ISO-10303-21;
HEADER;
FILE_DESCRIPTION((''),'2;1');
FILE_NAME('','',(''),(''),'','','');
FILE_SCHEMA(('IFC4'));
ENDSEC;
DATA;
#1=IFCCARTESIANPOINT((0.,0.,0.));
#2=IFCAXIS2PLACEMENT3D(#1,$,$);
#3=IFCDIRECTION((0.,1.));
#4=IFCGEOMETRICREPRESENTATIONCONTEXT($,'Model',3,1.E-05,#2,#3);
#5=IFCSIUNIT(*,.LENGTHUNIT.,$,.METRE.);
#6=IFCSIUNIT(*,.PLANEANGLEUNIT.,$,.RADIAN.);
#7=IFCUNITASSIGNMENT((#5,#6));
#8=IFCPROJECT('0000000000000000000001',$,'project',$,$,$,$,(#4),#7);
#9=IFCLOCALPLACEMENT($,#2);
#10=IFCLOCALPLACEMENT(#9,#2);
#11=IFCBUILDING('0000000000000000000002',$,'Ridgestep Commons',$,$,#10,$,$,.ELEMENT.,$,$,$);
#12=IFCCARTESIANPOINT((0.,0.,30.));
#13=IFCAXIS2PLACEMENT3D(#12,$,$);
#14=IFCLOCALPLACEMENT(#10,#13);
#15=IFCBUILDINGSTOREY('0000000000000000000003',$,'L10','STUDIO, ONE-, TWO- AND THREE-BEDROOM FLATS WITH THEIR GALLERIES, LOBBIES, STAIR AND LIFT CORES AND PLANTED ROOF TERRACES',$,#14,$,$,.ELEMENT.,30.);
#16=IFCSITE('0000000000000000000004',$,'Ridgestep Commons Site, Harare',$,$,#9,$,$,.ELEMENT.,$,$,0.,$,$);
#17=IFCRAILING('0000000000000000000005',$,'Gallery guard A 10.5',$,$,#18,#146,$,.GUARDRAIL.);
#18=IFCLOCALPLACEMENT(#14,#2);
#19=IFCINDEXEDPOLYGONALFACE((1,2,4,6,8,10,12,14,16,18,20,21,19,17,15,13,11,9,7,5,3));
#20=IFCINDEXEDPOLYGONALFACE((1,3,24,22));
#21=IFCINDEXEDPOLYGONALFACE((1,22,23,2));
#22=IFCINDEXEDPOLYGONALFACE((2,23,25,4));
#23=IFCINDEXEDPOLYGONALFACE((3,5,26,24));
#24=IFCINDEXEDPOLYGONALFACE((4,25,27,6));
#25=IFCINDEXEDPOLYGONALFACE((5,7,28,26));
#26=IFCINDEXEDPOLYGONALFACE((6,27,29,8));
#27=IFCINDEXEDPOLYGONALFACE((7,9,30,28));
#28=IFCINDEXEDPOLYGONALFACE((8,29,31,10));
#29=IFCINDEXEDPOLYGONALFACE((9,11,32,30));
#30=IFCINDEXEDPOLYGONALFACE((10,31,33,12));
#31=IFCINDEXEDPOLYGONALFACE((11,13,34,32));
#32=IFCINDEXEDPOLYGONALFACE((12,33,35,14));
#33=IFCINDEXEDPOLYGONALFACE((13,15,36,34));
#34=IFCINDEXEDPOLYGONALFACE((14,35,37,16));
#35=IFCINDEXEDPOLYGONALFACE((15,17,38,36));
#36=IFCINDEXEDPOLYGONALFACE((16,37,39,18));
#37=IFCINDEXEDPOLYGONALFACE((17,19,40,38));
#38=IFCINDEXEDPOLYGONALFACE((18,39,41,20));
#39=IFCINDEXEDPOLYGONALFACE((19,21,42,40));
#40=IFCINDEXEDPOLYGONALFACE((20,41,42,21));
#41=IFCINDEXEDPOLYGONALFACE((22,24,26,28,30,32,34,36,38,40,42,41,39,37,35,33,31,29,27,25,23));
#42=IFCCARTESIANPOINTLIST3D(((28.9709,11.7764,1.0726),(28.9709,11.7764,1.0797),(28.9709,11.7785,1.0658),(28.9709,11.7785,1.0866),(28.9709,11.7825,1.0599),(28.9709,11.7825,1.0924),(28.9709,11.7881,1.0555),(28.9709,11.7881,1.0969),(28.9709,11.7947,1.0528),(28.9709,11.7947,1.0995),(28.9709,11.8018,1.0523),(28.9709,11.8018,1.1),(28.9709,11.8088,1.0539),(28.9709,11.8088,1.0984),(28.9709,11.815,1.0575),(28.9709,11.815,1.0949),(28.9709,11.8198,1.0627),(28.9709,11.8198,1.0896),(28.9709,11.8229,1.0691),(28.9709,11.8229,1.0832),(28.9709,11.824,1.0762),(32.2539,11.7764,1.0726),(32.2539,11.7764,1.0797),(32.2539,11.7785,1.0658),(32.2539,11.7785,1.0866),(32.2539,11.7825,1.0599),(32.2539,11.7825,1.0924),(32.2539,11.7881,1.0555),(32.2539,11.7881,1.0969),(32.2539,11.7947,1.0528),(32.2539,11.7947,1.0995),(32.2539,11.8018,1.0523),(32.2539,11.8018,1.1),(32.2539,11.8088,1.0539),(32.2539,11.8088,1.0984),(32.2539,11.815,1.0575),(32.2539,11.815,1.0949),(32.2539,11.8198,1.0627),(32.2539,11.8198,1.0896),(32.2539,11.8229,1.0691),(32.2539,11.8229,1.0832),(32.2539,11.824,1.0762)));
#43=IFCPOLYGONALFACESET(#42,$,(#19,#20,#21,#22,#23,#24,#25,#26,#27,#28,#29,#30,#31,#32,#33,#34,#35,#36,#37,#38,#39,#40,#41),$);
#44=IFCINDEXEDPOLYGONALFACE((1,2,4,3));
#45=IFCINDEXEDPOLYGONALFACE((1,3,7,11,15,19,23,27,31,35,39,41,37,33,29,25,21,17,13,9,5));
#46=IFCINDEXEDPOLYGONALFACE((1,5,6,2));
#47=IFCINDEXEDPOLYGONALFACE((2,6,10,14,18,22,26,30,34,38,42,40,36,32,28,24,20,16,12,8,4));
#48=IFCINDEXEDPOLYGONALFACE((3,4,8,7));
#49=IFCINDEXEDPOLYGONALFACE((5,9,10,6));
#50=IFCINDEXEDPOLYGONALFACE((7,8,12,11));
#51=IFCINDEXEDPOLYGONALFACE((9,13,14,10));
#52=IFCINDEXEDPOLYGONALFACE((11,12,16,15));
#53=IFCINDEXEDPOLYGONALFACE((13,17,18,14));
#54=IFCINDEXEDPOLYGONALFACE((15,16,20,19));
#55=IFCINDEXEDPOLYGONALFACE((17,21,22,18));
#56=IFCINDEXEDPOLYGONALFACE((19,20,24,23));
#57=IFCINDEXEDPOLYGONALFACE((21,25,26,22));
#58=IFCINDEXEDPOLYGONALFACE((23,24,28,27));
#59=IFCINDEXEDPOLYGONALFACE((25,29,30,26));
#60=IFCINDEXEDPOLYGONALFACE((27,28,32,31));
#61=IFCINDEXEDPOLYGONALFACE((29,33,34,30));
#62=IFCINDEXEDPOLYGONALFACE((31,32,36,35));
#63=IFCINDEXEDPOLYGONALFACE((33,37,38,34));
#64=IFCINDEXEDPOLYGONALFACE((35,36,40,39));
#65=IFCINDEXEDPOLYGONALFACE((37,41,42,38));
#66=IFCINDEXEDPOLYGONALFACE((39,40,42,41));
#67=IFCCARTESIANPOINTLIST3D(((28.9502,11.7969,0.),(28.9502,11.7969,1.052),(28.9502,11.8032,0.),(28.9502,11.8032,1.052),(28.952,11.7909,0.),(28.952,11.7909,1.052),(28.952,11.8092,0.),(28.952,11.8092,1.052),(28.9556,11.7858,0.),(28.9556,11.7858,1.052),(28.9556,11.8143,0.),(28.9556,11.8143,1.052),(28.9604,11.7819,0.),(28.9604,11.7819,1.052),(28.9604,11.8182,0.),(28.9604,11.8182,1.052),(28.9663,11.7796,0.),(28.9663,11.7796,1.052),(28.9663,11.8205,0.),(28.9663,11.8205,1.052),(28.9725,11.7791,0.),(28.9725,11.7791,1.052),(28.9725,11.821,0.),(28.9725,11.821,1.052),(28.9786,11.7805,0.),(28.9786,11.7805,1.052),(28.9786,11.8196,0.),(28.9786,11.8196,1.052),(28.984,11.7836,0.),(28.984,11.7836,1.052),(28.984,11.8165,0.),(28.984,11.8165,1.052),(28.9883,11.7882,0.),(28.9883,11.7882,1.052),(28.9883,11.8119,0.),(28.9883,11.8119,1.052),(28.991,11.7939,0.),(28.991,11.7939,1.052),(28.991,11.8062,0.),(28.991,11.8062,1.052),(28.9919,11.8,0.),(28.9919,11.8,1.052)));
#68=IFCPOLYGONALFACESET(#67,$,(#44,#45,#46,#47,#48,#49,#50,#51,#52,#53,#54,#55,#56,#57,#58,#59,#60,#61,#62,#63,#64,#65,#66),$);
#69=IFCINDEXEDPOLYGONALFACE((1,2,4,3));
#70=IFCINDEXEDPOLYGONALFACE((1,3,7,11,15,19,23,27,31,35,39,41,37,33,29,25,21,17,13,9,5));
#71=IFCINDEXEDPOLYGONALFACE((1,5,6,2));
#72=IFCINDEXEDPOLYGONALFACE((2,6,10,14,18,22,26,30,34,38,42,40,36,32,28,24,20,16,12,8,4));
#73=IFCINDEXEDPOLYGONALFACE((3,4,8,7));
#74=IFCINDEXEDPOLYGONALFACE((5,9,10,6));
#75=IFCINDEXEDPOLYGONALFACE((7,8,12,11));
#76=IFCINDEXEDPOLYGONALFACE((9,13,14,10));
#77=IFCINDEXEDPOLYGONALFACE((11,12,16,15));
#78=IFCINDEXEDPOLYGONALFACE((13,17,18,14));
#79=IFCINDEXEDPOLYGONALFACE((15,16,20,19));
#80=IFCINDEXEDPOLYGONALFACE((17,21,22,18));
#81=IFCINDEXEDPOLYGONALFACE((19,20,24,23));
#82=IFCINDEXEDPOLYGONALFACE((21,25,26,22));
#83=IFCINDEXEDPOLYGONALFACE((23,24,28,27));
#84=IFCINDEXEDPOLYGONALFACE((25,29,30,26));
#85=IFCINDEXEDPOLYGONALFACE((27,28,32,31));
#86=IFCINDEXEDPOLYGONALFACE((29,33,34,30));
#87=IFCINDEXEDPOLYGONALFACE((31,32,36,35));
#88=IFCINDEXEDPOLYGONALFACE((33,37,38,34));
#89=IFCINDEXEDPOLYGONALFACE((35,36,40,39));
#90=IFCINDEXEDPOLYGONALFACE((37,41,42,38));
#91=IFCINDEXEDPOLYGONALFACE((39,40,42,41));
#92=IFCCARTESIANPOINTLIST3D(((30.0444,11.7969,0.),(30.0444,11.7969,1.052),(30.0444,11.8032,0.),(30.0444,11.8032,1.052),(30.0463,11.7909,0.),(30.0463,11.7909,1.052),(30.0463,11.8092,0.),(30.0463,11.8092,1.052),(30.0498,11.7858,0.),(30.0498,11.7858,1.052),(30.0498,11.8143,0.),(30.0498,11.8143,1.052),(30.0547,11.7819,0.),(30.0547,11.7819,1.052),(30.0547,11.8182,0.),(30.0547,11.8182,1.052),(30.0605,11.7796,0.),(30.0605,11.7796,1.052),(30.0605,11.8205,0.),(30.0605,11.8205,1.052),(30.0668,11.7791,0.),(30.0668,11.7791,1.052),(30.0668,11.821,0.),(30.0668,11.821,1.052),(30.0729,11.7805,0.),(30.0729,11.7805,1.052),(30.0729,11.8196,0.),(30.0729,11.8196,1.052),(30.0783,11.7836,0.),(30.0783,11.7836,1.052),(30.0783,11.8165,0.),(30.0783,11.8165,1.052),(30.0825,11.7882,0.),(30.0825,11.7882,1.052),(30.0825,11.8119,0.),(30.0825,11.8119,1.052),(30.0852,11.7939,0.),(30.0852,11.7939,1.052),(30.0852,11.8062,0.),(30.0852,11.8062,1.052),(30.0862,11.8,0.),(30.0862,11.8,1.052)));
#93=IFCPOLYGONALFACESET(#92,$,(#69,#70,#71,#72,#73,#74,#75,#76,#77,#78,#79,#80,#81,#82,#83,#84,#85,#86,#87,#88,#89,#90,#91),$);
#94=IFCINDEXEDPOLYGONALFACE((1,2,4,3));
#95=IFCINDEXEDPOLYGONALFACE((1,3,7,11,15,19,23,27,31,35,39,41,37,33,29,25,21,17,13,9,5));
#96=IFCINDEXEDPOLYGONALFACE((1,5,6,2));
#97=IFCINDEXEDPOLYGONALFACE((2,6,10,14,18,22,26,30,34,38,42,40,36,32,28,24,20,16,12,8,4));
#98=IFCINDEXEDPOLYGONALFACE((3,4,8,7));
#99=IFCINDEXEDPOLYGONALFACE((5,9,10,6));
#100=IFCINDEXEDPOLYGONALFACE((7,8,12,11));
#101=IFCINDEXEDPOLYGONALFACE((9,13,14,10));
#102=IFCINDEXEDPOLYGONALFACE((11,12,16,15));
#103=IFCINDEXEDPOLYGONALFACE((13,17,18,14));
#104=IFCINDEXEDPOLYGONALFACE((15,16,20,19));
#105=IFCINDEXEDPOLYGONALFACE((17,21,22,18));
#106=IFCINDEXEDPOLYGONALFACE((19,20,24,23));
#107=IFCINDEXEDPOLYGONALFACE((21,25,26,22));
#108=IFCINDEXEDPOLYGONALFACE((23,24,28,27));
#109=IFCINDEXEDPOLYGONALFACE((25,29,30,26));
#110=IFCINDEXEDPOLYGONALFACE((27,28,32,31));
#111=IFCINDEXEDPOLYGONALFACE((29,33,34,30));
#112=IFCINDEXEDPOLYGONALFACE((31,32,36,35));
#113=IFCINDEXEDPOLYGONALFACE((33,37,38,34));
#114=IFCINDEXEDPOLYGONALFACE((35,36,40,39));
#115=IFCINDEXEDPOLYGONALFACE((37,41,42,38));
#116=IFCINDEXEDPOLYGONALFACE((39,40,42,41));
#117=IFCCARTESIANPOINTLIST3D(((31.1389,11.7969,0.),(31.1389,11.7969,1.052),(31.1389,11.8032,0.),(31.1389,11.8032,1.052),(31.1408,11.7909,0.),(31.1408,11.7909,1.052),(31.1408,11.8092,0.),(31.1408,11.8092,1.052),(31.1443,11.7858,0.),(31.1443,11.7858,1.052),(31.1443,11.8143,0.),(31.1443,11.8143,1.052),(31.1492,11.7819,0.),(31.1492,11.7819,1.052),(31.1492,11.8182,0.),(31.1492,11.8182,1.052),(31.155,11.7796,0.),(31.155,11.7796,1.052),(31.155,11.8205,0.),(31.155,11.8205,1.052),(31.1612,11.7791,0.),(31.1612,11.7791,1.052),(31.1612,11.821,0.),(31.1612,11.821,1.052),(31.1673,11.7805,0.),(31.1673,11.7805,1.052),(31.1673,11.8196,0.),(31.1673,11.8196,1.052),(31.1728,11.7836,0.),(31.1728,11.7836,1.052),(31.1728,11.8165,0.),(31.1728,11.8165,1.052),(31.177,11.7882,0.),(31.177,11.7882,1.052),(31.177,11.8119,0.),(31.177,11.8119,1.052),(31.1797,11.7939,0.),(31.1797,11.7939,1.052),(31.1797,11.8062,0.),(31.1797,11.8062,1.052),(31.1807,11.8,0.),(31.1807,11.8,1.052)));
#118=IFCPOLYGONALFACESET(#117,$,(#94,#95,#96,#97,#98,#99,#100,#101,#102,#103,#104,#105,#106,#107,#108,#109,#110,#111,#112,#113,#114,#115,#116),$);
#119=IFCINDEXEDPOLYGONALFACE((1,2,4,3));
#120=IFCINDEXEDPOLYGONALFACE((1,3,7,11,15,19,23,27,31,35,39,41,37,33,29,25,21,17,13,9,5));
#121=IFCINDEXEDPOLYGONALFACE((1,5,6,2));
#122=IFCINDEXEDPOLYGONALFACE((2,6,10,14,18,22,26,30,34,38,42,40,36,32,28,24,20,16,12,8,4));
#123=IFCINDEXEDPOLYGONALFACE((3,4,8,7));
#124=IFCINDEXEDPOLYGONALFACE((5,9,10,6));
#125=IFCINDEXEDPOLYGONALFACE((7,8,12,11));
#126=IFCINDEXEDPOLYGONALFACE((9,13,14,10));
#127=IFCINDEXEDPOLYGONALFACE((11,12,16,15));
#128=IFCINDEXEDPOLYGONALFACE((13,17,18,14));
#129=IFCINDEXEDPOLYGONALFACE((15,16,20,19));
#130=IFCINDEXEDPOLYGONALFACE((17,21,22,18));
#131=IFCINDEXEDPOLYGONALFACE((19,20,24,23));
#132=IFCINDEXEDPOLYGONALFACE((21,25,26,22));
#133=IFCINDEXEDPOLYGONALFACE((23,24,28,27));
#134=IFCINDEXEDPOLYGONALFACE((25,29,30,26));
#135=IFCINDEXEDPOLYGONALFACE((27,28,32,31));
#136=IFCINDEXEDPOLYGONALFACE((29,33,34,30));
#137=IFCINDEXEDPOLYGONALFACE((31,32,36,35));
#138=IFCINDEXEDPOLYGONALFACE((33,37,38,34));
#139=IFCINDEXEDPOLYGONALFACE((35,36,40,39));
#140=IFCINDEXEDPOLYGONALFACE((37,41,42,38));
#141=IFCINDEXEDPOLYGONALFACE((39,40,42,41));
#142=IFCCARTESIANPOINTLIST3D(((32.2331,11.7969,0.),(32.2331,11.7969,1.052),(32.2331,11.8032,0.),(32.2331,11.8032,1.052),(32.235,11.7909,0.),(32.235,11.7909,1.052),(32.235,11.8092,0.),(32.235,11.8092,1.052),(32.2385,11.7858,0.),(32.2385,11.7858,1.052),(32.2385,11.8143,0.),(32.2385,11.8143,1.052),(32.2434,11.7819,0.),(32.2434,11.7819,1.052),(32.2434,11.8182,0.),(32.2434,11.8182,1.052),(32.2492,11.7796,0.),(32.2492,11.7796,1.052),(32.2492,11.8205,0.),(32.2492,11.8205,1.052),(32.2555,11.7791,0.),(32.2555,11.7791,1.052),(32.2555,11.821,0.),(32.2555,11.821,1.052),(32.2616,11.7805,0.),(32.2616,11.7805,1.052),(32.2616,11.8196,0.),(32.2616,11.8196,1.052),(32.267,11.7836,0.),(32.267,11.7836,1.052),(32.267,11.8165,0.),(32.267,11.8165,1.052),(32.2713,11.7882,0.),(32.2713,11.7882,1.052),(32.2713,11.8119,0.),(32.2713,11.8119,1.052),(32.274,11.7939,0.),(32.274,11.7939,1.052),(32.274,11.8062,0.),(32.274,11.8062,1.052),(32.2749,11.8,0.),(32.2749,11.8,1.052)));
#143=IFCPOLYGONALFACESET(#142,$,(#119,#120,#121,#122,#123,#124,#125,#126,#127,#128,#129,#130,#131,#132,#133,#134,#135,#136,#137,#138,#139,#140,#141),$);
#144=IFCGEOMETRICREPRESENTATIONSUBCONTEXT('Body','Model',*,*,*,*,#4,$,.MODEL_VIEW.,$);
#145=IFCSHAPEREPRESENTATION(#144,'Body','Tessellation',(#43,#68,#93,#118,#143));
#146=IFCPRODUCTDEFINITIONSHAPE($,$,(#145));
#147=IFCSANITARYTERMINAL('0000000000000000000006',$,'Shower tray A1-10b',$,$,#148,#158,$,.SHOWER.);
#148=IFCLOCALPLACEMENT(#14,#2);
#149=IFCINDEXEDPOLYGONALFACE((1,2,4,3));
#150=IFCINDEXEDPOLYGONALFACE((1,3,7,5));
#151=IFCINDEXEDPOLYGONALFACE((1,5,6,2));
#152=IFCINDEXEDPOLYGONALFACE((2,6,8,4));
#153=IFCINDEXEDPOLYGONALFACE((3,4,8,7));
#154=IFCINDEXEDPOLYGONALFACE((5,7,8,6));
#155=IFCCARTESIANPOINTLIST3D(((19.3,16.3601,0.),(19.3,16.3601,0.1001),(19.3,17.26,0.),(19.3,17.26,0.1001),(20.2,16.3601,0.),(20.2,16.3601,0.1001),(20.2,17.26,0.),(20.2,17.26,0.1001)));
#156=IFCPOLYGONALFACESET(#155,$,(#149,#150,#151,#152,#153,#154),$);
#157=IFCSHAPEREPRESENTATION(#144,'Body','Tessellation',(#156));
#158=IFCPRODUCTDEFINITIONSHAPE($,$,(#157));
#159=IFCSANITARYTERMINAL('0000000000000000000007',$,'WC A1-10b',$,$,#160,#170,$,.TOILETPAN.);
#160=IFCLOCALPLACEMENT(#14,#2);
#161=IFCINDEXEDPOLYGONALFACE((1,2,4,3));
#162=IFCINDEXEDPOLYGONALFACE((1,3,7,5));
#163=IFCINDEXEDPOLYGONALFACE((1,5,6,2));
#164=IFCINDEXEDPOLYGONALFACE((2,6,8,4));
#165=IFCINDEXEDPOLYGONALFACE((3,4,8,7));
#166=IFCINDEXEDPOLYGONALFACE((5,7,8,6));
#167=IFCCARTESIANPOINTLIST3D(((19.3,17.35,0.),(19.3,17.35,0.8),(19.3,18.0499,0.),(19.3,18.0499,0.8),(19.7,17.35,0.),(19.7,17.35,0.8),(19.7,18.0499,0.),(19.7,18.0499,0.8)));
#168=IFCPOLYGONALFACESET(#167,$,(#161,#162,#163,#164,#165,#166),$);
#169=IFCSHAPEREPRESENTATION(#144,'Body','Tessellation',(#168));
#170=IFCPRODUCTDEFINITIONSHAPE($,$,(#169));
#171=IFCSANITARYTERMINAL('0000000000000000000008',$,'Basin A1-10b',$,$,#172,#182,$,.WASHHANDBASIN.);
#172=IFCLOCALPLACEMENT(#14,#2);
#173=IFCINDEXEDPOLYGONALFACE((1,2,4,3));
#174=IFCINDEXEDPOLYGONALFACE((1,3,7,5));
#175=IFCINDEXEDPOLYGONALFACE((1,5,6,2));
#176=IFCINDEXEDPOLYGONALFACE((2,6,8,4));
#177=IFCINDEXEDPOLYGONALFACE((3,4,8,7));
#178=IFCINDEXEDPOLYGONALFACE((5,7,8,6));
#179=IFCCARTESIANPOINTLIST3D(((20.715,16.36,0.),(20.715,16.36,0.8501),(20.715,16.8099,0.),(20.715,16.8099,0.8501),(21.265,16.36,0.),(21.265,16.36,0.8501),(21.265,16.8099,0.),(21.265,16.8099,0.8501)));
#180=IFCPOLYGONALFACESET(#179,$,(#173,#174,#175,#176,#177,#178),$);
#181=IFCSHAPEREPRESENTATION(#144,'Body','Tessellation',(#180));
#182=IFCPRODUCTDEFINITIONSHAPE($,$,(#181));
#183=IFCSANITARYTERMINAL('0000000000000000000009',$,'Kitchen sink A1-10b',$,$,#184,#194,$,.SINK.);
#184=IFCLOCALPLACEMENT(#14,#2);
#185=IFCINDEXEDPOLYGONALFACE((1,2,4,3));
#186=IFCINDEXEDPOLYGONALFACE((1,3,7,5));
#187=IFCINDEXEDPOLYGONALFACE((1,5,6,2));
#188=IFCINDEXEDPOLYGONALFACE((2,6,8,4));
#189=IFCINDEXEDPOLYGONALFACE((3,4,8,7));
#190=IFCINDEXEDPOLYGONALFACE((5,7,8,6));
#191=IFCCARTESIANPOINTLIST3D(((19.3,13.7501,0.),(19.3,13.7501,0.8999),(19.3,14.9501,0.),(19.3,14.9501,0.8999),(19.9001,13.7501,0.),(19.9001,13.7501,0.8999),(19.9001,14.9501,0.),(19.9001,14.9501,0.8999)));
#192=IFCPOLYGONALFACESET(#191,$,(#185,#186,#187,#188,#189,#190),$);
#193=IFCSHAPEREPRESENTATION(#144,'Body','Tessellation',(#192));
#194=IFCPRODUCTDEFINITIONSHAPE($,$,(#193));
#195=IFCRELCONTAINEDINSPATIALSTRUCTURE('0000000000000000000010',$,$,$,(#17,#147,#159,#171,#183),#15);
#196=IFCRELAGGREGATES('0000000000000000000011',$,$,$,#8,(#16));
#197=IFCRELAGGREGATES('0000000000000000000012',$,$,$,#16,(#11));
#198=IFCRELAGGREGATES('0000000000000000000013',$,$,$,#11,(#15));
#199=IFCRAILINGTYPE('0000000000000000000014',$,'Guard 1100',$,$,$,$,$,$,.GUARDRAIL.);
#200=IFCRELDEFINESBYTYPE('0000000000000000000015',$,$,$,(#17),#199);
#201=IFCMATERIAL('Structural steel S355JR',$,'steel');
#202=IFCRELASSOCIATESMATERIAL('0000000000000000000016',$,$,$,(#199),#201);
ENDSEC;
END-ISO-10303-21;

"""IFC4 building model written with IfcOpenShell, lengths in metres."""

from ifc_helpers import new_model, si_unit, direction, frame, origin, origin_2d, place, context, subcontext, project, spatial, rectangle, circle, extrude, material, type_object, element, save


model = new_model("IFC4")

# Units and contexts
model_context = context("Model", 3, precision=1e-05, world=origin(), true_north=direction((0.0, 1.0)))
body_context = subcontext(model_context, "Body", "Model", "MODEL_VIEW")
ifc_project = project(units=[si_unit("LENGTHUNIT", "METRE"), si_unit("PLANEANGLEUNIT", "RADIAN")], contexts=[model_context])

# Site, building, storey
site_placement = place(None, origin())
site = spatial("IfcSite", under=ifc_project, at=site_placement, Name="Ridgestep Commons Site, Harare", CompositionType="ELEMENT", RefElevation=0.0)
building_placement = place(site_placement, origin())
building = spatial("IfcBuilding", under=site, at=building_placement, Name="Ridgestep Commons", CompositionType="ELEMENT")
storey_placement = place(building_placement, frame((0.0, 0.0, 30.0)))
storey = spatial("IfcBuildingStorey", under=building, at=storey_placement, Name="L10", Description="STUDIO, ONE-, TWO- AND THREE-BEDROOM FLATS WITH THEIR GALLERIES, LOBBIES, STAIR AND LIFT CORES AND PLANTED ROOF TERRACES", CompositionType="ELEMENT", Elevation=30.0)

# Railing
ifc_material_1 = material(Name="Structural steel S355JR", Category="steel")
railing_type = type_object("IfcRailingType", Name="Guard 1100", PredefinedType="GUARDRAIL", material=ifc_material_1)
railing_1_placement = place(storey_placement, frame((28.9709, 11.8, 0.0)))
element("IfcRailing", 1, at=railing_1_placement, inside=storey, type_object=railing_type, Name="Gallery guard A 10.5", PredefinedType="GUARDRAIL", context=body_context, shape_type="SweptSolid", body=[
    extrude(circle(Radius=0.0239, at=origin_2d()), frame((0.0, 0.0, 1.0762), z_axis=(1.0, 0.0, 0.0), x_axis=(0.0, 1.0, 0.0)), (0.0, 0.0, 1.0), 3.283),
    extrude(circle(Radius=0.021, at=origin_2d()), origin(), (0.0, 0.0, 1.0), 1.052),
    extrude(circle(Radius=0.021, at=origin_2d()), frame((1.0942, 0.0, 0.0)), (0.0, 0.0, 1.0), 1.052),
    extrude(circle(Radius=0.021, at=origin_2d()), frame((2.1887, 0.0, 0.0)), (0.0, 0.0, 1.0), 1.052),
    extrude(circle(Radius=0.021, at=origin_2d()), frame((3.283, 0.0, 0.0)), (0.0, 0.0, 1.0), 1.052),
])

# Sanitary terminals
sanitary_terminal_1_placement = place(storey_placement, frame((19.75, 16.8101, 0.0), z_axis=(0.0, 0.0, 1.0), x_axis=(1.0, 0.0, 0.0)))
element("IfcSanitaryTerminal", 2, at=sanitary_terminal_1_placement, inside=storey, Name="Shower tray A1-10b", PredefinedType="SHOWER", context=body_context, shape_type="SweptSolid", body=[
    extrude(rectangle(XDim=0.8999, YDim=0.8999, at=origin_2d()), origin(), (0.0, 0.0, 1.0), 0.1001),
])
sanitary_terminal_2_placement = place(storey_placement, frame((19.5, 17.7, 0.0), z_axis=(0.0, 0.0, 1.0), x_axis=(1.0, 0.0, 0.0)))
element("IfcSanitaryTerminal", 3, at=sanitary_terminal_2_placement, inside=storey, Name="WC A1-10b", PredefinedType="TOILETPAN", context=body_context, shape_type="SweptSolid", body=[
    extrude(rectangle(XDim=0.3999, YDim=0.7, at=origin_2d()), origin(), (0.0, 0.0, 1.0), 0.8),
])
sanitary_terminal_3_placement = place(storey_placement, frame((20.99, 16.585, 0.0), z_axis=(0.0, 0.0, 1.0), x_axis=(1.0, 0.0, 0.0)))
element("IfcSanitaryTerminal", 4, at=sanitary_terminal_3_placement, inside=storey, Name="Basin A1-10b", PredefinedType="WASHHANDBASIN", context=body_context, shape_type="SweptSolid", body=[
    extrude(rectangle(XDim=0.55, YDim=0.45, at=origin_2d()), origin(), (0.0, 0.0, 1.0), 0.8501),
])
sanitary_terminal_4_placement = place(storey_placement, frame((19.6001, 14.3501, 0.0), z_axis=(0.0, 0.0, 1.0), x_axis=(1.0, 0.0, 0.0)))
element("IfcSanitaryTerminal", 5, at=sanitary_terminal_4_placement, inside=storey, Name="Kitchen sink A1-10b", PredefinedType="SINK", context=body_context, shape_type="SweptSolid", body=[
    extrude(rectangle(XDim=0.6001, YDim=1.2, at=origin_2d()), origin(), (0.0, 0.0, 1.0), 0.8999),
])

save(model, "model.ifc")
